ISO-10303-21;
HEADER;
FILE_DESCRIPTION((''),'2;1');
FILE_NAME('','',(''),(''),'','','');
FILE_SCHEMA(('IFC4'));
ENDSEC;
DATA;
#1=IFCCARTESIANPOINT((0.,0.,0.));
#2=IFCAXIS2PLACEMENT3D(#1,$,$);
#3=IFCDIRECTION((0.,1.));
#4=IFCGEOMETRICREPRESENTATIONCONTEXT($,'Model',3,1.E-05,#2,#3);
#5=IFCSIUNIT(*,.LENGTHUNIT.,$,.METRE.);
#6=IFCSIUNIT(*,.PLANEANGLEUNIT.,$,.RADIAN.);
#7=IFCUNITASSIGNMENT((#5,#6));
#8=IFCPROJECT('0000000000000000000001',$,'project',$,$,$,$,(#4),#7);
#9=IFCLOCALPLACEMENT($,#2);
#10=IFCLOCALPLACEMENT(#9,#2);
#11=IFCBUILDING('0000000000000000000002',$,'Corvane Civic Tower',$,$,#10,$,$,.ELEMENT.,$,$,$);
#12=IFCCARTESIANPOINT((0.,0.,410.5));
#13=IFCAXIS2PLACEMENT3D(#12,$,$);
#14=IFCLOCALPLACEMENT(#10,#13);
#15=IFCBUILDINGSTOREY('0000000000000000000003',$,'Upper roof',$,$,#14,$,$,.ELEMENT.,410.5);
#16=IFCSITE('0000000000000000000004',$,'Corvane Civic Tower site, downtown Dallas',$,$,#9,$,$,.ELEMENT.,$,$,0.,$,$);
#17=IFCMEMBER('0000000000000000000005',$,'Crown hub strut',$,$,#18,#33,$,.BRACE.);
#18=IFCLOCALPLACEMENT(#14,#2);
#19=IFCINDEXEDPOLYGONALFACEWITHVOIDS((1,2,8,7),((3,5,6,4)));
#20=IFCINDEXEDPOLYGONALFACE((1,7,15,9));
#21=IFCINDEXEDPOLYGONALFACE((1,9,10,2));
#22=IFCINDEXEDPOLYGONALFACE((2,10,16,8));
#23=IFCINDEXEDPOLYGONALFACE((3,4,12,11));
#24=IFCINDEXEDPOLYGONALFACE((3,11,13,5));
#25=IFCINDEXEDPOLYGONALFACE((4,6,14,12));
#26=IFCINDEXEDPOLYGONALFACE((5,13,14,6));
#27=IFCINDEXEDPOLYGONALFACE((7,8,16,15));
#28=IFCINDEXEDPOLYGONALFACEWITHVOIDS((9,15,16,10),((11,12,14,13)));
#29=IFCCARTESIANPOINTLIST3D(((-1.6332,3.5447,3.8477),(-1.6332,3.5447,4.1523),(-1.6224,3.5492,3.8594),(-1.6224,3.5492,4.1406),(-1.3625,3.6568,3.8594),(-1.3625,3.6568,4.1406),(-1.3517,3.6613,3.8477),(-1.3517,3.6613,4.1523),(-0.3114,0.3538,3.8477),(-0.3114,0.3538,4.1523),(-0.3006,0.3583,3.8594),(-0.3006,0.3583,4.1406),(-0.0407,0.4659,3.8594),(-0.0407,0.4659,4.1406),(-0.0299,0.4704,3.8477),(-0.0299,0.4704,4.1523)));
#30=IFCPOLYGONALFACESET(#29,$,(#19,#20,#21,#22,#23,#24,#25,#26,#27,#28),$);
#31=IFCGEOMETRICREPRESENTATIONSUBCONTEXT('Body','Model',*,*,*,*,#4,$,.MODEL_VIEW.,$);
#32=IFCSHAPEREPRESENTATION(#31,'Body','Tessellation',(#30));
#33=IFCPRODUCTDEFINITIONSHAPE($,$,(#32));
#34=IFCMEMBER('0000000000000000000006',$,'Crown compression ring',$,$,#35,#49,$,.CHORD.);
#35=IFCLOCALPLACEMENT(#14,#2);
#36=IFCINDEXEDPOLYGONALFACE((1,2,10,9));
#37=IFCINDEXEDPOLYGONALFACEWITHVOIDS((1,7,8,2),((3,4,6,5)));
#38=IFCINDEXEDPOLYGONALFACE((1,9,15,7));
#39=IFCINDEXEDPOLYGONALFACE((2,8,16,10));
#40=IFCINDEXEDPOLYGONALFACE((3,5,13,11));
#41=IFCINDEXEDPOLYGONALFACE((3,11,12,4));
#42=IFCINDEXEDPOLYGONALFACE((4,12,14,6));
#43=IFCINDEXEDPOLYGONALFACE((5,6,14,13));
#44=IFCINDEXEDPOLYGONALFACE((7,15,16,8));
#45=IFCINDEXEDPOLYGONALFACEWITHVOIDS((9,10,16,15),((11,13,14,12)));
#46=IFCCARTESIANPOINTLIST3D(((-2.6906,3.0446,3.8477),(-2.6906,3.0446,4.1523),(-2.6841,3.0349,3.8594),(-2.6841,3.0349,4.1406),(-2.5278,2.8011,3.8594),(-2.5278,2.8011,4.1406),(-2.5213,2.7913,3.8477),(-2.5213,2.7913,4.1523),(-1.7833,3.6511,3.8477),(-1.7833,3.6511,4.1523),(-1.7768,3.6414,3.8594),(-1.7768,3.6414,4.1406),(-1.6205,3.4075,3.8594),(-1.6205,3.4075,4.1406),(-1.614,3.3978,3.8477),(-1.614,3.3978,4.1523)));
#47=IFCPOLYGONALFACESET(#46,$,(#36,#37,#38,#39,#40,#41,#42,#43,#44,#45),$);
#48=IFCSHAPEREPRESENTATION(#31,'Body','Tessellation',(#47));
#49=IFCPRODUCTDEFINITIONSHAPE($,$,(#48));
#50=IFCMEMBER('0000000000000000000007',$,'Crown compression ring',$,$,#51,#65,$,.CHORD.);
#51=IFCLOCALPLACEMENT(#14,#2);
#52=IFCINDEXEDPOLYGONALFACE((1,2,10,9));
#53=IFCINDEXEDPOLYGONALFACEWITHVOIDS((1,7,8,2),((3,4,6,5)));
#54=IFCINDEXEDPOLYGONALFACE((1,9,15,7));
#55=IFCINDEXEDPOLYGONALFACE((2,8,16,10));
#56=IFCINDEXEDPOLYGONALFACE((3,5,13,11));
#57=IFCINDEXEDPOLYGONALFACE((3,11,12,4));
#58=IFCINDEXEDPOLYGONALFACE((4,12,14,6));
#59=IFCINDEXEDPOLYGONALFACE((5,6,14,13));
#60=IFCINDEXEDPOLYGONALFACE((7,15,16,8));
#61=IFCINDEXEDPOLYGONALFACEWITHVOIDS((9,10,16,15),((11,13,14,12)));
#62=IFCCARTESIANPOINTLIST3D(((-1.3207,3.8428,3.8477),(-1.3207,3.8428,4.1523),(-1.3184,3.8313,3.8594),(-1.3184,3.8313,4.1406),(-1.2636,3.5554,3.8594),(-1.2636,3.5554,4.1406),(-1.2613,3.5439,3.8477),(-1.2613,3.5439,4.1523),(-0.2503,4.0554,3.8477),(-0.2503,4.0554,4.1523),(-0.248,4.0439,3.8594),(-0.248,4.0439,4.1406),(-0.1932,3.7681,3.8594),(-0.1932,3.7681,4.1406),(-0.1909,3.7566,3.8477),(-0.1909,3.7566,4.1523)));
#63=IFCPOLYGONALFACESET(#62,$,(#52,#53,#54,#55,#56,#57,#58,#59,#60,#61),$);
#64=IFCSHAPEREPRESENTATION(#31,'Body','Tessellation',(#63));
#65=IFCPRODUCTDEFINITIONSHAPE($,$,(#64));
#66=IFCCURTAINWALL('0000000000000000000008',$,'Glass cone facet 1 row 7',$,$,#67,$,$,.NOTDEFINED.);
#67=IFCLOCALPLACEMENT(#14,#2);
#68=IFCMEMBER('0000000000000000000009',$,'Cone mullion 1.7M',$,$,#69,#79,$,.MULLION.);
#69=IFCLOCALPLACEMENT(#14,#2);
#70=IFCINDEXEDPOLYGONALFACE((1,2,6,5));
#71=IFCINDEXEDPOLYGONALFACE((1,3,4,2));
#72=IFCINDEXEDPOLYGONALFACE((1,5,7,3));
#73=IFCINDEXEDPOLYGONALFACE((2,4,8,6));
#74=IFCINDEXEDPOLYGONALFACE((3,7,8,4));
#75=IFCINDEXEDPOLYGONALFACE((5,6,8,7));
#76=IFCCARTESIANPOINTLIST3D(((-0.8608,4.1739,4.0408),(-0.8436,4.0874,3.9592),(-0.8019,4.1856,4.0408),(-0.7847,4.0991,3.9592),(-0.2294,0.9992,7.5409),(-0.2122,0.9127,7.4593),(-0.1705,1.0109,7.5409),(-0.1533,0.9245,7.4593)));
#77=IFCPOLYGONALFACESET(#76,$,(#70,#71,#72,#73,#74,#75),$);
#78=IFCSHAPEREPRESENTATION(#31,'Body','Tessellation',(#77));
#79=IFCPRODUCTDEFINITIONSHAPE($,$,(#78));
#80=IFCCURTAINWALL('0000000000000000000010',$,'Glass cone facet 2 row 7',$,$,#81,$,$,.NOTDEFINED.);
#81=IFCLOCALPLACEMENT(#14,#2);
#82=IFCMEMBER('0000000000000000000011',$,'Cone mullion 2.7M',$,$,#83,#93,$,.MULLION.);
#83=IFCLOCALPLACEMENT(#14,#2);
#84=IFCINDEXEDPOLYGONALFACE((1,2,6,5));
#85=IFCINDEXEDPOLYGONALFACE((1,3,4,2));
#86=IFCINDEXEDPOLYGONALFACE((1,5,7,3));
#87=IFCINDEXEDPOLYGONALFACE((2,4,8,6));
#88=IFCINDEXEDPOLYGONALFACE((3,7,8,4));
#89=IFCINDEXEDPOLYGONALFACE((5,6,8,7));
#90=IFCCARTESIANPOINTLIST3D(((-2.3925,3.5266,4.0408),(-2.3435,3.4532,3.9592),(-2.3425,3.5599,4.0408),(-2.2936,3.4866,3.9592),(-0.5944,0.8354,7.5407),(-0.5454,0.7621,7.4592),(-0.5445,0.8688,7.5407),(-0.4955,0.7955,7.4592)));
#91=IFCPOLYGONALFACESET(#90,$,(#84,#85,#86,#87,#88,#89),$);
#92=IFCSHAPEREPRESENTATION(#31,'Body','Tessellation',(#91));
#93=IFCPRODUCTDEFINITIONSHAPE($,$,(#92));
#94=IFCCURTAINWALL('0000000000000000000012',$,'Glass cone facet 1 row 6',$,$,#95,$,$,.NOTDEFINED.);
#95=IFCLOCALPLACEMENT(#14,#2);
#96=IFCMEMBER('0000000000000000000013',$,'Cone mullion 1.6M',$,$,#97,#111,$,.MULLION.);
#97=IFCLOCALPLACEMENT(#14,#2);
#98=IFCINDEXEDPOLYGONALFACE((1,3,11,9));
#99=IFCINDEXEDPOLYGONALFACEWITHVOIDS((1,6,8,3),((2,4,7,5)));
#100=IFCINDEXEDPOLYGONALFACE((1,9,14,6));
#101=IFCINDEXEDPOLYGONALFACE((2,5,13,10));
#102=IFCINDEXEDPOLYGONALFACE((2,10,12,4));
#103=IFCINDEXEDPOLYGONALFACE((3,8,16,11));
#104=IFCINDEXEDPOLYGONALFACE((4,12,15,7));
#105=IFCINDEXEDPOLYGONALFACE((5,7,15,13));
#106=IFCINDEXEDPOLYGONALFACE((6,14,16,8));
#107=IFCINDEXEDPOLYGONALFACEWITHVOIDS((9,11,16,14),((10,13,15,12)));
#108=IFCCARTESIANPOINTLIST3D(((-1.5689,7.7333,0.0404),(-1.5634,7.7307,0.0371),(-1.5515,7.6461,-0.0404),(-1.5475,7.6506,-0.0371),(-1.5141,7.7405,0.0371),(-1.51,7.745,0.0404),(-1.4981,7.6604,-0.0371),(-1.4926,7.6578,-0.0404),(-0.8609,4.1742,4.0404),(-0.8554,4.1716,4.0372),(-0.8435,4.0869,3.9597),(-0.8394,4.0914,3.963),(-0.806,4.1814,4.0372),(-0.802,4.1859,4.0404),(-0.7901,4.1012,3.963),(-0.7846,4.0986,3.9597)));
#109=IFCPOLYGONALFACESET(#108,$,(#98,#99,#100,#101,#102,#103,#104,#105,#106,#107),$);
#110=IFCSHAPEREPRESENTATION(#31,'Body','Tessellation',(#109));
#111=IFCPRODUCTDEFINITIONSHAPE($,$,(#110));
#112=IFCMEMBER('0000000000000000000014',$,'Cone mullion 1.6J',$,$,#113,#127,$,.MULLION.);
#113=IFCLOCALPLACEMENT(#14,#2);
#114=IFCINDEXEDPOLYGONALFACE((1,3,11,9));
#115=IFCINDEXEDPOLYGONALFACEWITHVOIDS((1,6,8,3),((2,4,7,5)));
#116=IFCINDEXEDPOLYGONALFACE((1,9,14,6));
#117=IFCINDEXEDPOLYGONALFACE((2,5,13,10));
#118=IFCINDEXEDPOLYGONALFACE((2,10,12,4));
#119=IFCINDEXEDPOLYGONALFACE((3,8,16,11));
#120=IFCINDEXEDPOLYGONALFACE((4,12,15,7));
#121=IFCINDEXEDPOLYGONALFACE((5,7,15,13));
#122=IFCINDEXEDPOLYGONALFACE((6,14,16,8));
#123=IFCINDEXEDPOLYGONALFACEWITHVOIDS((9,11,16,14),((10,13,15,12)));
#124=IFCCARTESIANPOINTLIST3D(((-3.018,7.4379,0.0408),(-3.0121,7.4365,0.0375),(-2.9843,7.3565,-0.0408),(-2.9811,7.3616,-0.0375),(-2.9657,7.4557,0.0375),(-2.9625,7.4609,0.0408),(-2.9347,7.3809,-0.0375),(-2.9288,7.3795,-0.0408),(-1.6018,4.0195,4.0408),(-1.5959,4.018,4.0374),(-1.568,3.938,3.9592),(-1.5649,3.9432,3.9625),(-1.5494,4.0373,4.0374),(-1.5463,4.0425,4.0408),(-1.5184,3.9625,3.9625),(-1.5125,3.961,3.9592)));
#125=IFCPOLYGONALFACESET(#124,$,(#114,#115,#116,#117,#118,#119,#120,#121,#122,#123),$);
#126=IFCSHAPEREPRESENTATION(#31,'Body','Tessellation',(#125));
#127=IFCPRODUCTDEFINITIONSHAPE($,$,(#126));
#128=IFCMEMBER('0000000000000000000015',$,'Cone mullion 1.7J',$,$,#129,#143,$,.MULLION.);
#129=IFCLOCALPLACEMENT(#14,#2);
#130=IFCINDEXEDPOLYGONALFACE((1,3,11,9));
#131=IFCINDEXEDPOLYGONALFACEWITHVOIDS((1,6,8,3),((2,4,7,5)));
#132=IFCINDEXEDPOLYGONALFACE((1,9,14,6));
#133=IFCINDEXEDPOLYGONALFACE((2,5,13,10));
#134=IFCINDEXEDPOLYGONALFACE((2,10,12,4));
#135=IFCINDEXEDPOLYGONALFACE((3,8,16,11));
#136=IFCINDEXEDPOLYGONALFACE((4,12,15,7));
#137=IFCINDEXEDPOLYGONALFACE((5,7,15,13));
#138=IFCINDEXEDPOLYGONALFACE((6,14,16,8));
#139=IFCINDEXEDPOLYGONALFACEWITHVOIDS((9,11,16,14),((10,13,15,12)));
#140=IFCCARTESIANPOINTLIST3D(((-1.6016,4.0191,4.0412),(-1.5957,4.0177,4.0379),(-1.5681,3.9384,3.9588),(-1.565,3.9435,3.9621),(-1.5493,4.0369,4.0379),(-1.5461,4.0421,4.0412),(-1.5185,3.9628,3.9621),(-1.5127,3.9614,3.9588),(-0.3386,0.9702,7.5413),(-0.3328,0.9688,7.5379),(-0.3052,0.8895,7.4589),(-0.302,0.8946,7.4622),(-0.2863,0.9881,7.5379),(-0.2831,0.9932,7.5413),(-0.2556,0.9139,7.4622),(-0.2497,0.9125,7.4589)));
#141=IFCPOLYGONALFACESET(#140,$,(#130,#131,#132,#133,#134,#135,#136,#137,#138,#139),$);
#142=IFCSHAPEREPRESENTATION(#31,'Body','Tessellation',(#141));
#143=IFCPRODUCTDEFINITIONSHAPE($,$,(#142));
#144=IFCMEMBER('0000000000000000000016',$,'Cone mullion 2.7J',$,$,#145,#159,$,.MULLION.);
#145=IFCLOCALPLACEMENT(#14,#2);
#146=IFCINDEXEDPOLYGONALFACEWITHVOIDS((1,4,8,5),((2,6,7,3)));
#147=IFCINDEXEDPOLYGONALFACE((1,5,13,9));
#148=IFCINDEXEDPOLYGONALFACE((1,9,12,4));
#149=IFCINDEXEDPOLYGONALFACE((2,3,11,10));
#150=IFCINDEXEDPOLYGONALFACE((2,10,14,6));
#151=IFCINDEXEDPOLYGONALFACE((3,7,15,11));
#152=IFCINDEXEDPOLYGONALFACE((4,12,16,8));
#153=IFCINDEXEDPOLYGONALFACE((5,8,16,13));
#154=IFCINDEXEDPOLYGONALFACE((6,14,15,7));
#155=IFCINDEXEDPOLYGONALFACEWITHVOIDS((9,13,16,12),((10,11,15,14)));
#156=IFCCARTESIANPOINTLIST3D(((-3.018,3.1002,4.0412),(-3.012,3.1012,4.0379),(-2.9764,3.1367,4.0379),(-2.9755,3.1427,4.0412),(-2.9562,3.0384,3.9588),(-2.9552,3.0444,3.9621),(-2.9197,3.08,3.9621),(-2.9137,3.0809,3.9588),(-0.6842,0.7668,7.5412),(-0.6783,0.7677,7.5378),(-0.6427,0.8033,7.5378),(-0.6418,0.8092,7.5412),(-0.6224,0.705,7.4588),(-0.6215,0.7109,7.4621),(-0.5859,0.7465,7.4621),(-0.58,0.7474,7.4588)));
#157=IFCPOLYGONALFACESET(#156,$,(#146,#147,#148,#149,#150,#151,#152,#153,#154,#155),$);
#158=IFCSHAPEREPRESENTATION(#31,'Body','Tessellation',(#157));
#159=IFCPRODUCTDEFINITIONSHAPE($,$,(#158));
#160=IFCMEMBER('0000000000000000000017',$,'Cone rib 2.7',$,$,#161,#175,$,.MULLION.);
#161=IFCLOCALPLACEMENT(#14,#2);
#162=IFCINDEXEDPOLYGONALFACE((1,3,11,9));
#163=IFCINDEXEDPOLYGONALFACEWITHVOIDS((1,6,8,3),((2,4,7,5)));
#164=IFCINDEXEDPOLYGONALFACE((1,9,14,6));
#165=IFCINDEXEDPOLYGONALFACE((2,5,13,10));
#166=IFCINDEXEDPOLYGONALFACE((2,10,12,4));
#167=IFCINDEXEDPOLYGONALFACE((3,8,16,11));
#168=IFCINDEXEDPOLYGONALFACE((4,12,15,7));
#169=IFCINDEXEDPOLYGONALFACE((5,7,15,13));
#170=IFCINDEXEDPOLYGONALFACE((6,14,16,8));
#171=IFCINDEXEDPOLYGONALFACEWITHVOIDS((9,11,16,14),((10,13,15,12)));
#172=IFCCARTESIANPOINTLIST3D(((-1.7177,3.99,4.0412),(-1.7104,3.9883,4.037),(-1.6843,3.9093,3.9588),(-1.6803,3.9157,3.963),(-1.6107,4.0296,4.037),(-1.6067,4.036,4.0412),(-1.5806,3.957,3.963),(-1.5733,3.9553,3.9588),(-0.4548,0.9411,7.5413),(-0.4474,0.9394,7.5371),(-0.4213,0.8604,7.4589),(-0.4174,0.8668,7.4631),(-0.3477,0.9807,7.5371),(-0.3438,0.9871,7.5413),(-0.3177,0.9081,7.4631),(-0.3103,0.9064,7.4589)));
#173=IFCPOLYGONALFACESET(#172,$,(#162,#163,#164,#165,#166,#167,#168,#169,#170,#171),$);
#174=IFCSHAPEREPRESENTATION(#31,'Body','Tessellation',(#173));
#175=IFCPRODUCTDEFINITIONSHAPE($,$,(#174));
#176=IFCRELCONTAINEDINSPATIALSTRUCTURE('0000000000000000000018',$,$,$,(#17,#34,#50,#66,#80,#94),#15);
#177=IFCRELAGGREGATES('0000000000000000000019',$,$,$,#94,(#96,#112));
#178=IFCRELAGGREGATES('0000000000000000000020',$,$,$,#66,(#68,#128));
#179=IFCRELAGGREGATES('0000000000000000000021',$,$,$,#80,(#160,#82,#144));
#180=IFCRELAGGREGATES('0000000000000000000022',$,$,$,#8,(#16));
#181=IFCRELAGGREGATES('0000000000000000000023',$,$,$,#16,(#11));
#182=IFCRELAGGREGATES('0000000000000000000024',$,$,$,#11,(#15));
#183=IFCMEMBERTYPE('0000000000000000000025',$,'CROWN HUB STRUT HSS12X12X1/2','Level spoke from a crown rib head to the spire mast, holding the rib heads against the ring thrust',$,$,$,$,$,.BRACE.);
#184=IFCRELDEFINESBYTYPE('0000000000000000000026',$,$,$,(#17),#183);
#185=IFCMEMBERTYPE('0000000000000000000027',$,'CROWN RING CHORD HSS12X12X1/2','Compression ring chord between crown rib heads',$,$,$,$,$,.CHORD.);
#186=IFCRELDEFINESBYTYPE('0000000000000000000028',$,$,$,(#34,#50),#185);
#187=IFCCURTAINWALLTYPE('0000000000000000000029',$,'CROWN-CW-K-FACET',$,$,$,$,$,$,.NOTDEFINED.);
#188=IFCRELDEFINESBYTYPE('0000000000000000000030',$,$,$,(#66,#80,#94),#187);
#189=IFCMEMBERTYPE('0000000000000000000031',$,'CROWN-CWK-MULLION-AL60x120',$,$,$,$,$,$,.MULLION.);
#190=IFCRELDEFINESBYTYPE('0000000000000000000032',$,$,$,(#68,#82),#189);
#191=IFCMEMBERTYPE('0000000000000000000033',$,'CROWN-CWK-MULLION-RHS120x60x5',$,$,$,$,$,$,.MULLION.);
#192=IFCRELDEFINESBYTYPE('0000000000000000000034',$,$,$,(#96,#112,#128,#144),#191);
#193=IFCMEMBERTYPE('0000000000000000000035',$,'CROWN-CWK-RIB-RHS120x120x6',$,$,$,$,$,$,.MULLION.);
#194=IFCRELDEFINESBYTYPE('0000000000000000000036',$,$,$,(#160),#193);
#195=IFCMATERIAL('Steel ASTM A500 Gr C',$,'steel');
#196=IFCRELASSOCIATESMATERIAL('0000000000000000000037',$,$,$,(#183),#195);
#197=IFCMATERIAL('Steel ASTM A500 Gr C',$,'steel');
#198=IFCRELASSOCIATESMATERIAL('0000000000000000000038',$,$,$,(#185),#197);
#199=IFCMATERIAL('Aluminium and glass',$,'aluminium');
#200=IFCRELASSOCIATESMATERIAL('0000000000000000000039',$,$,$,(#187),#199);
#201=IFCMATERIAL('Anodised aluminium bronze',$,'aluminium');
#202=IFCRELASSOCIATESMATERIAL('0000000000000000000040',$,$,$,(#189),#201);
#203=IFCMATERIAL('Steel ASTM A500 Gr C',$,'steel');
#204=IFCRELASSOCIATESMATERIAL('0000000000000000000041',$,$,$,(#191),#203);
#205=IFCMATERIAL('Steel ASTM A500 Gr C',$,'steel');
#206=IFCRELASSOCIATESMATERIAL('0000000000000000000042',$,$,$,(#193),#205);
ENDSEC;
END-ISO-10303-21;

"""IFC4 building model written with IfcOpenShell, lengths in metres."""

from ifc_helpers import new_model, si_unit, direction, frame, origin, origin_2d, place, context, subcontext, project, spatial, rectangle, hollow_rectangle, extrude, material, material_profile, profile_set, type_object, element, aggregate, save


model = new_model("IFC4")

# Units and contexts
model_context = context("Model", 3, precision=1e-05, world=origin(), true_north=direction((0.0, 1.0)))
body_context = subcontext(model_context, "Body", "Model", "MODEL_VIEW")
ifc_project = project(units=[si_unit("LENGTHUNIT", "METRE"), si_unit("PLANEANGLEUNIT", "RADIAN")], contexts=[model_context])

# Site, building, storey
site_placement = place(None, origin())
site = spatial("IfcSite", under=ifc_project, at=site_placement, Name="Corvane Civic Tower site, downtown Dallas", CompositionType="ELEMENT", RefElevation=0.0)
building_placement = place(site_placement, origin())
building = spatial("IfcBuilding", under=site, at=building_placement, Name="Corvane Civic Tower", CompositionType="ELEMENT")
storey_placement = place(building_placement, frame((0.0, 0.0, 410.5)))
storey = spatial("IfcBuildingStorey", under=building, at=storey_placement, Name="Upper roof", CompositionType="ELEMENT", Elevation=410.5)

# Members
ifc_material_1 = material(Name="Steel ASTM A500 Gr C", Category="steel")
ifc_material_profile_1 = material_profile(ifc_material_1, hollow_rectangle(XDim=0.3047, YDim=0.3047, WallThickness=0.0117, at=origin_2d()), Name="HSS12X12X1/2")
ifc_profile_set_1 = profile_set([ifc_material_profile_1], Name="Steel ASTM A500 Gr C")
member_type_1 = type_object("IfcMemberType", Name="CROWN HUB STRUT HSS12X12X1/2", Description="Level spoke from a crown rib head to the spire mast, holding the rib heads against the ring thrust", PredefinedType="BRACE", material=ifc_profile_set_1)
member_1_placement = place(storey_placement, frame((-1.4924, 3.603, 4.0), z_axis=(0.382697, -0.923874, 0.0), x_axis=(0.923874, 0.382697, 0.0)))
element("IfcMember", 1, at=member_1_placement, inside=storey, type_object=member_type_1, Name="Crown hub strut", PredefinedType="BRACE", context=body_context, shape_type="SweptSolid", body=[
    extrude(hollow_rectangle(XDim=0.3047, YDim=0.3047, WallThickness=0.0117, at=origin_2d()), origin(), (0.0, 0.0, 1.0), 3.4539),
])
ifc_material_2 = material(Name="Steel ASTM A500 Gr C", Category="steel")
ifc_material_profile_2 = material_profile(ifc_material_2, hollow_rectangle(XDim=0.3047, YDim=0.3047, WallThickness=0.0117, at=origin_2d()), Name="HSS12X12X1/2")
ifc_profile_set_2 = profile_set([ifc_material_profile_2], Name="Steel ASTM A500 Gr C")
member_type_2 = type_object("IfcMemberType", Name="CROWN RING CHORD HSS12X12X1/2", Description="Compression ring chord between crown rib heads", PredefinedType="CHORD", material=ifc_profile_set_2)
for number, where, z_axis, x_axis, name in (
    (2, (-2.606, 2.918, 4.0), (0.831361, 0.555732, 0.0), (-0.555732, 0.831361, 0.0), "Crown compression ring"),
    (3, (-1.291, 3.6934, 4.0), (0.980829, 0.194868, 0.0), (-0.194868, 0.980829, 0.0), "Crown compression ring"),
):
    element("IfcMember", number, at=place(storey_placement, frame(where, z_axis=z_axis, x_axis=x_axis)), inside=storey, type_object=member_type_2, Name=name, PredefinedType="CHORD", context=body_context, shape_type="SweptSolid", body=[
        extrude(hollow_rectangle(XDim=0.3047, YDim=0.3047, WallThickness=0.0117, at=origin_2d()), origin(), (0.0, 0.0, 1.0), 1.0913),
    ])

# Curtain walls, members
ifc_material_3 = material(Name="Aluminium and glass", Category="aluminium")
curtain_wall_type = type_object("IfcCurtainWallType", Name="CROWN-CW-K-FACET", PredefinedType="NOTDEFINED", material=ifc_material_3)
curtain_wall_1_placement = place(storey_placement, origin())
curtain_wall_1 = element("IfcCurtainWall", 4, at=curtain_wall_1_placement, inside=storey, type_object=curtain_wall_type, Name="Glass cone facet 1 row 7", PredefinedType="NOTDEFINED")
ifc_material_4 = material(Name="Anodised aluminium bronze", Category="aluminium")
ifc_material_profile_3 = material_profile(ifc_material_4, rectangle(XDim=0.0601, YDim=0.1201, at=origin_2d()), Name="AL 60x120")
ifc_profile_set_3 = profile_set([ifc_material_profile_3], Name="Anodised aluminium bronze")
member_type_3 = type_object("IfcMemberType", Name="CROWN-CWK-MULLION-AL60x120", PredefinedType="MULLION", material=ifc_profile_set_3)
member_2_placement = place(storey_placement, frame((-0.8228, 4.1365, 4.0), z_axis=(0.132435, -0.665914, 0.73418), x_axis=(0.980792, 0.195057, 0.0)))
member_2 = element("IfcMember", 5, at=member_2_placement, type_object=member_type_3, Name="Cone mullion 1.7M", PredefinedType="MULLION", context=body_context, shape_type="SweptSolid", body=[
    extrude(rectangle(XDim=0.0601, YDim=0.1201, at=origin_2d()), origin(), (0.0, 0.0, 1.0), 4.7673),
])
curtain_wall_2_placement = place(storey_placement, origin())
curtain_wall_2 = element("IfcCurtainWall", 6, at=curtain_wall_2_placement, inside=storey, type_object=curtain_wall_type, Name="Glass cone facet 2 row 7", PredefinedType="NOTDEFINED")
member_3_placement = place(storey_placement, frame((-2.343, 3.5066, 4.0), z_axis=(0.377186, -0.564525, 0.734195), x_axis=(0.831481, 0.555553, 0.0)))
member_3 = element("IfcMember", 7, at=member_3_placement, type_object=member_type_3, Name="Cone mullion 2.7M", PredefinedType="MULLION", context=body_context, shape_type="SweptSolid", body=[
    extrude(rectangle(XDim=0.0601, YDim=0.1201, at=origin_2d()), origin(), (0.0, 0.0, 1.0), 4.7671),
])

# Curtain wall, members
curtain_wall_3_placement = place(storey_placement, origin())
curtain_wall_3 = element("IfcCurtainWall", 8, at=curtain_wall_3_placement, inside=storey, type_object=curtain_wall_type, Name="Glass cone facet 1 row 6", PredefinedType="NOTDEFINED")
ifc_material_5 = material(Name="Steel ASTM A500 Gr C", Category="steel")
ifc_material_profile_4 = material_profile(ifc_material_5, hollow_rectangle(XDim=0.0601, YDim=0.1201, WallThickness=0.0049, at=origin_2d()), Name="RHS 120x60x5")
ifc_profile_set_4 = profile_set([ifc_material_profile_4], Name="Steel ASTM A500 Gr C")
member_type_4 = type_object("IfcMemberType", Name="CROWN-CWK-MULLION-RHS120x60x5", PredefinedType="MULLION", material=ifc_profile_set_4)
member_4_placement = place(storey_placement, frame((-1.5308, 7.6956, 0.0), z_axis=(0.131094, -0.658995, 0.740635), x_axis=(0.980782, 0.195107, 0.0)))
member_4 = element("IfcMember", 9, at=member_4_placement, type_object=member_type_4, Name="Cone mullion 1.6M", PredefinedType="MULLION", context=body_context, shape_type="SweptSolid", body=[
    extrude(hollow_rectangle(XDim=0.0601, YDim=0.1201, WallThickness=0.0049, at=origin_2d()), origin(), (0.0, 0.0, 1.0), 5.4009),
])
member_5_placement = place(storey_placement, frame((-2.9734, 7.4087, 0.0), z_axis=(0.259912, -0.627355, 0.734079), x_axis=(0.923852, 0.38275, 0.0)))
member_5 = element("IfcMember", 10, at=member_5_placement, type_object=member_type_4, Name="Cone mullion 1.6J", PredefinedType="MULLION", context=body_context, shape_type="SweptSolid", body=[
    extrude(hollow_rectangle(XDim=0.0601, YDim=0.1201, WallThickness=0.0049, at=origin_2d()), origin(), (0.0, 0.0, 1.0), 5.449),
])

# Members
member_6_placement = place(storey_placement, frame((-1.5571, 3.9902, 4.0), z_axis=(0.262541, -0.633794, 0.727584), x_axis=(0.923872, 0.382702, 0.0)))
member_6 = element("IfcMember", 11, at=member_6_placement, type_object=member_type_4, Name="Cone mullion 1.7J", PredefinedType="MULLION", context=body_context, shape_type="SweptSolid", body=[
    extrude(hollow_rectangle(XDim=0.0601, YDim=0.1201, WallThickness=0.0049, at=origin_2d()), origin(), (0.0, 0.0, 1.0), 4.8105),
])
member_7_placement = place(storey_placement, frame((-2.9658, 3.0906, 4.0), z_axis=(0.485128, -0.485077, 0.727565), x_axis=(0.70707, 0.707144, 0.0)))
member_7 = element("IfcMember", 12, at=member_7_placement, type_object=member_type_4, Name="Cone mullion 2.7J", PredefinedType="MULLION", context=body_context, shape_type="SweptSolid", body=[
    extrude(hollow_rectangle(XDim=0.0601, YDim=0.1201, WallThickness=0.0049, at=origin_2d()), origin(), (0.0, 0.0, 1.0), 4.8105),
])
ifc_material_6 = material(Name="Steel ASTM A500 Gr C", Category="steel")
ifc_material_profile_5 = material_profile(ifc_material_6, hollow_rectangle(XDim=0.1201, YDim=0.1201, WallThickness=0.0061, at=origin_2d()), Name="RHS 120x120x6")
ifc_profile_set_5 = profile_set([ifc_material_profile_5], Name="Steel ASTM A500 Gr C")
member_type_5 = type_object("IfcMemberType", Name="CROWN-CWK-RIB-RHS120x120x6", PredefinedType="MULLION", material=ifc_profile_set_5)
member_8_placement = place(storey_placement, frame((-1.6455, 3.9727, 4.0), z_axis=(0.262541, -0.633794, 0.727584), x_axis=(0.923872, 0.382702, 0.0)))
member_8 = element("IfcMember", 13, at=member_8_placement, type_object=member_type_5, Name="Cone rib 2.7", PredefinedType="MULLION", context=body_context, shape_type="SweptSolid", body=[
    extrude(hollow_rectangle(XDim=0.1201, YDim=0.1201, WallThickness=0.0061, at=origin_2d()), origin(), (0.0, 0.0, 1.0), 4.8105),
])
aggregate(curtain_wall_3, [member_4, member_5])

aggregate(curtain_wall_1, [member_2, member_6])

aggregate(curtain_wall_2, [member_8, member_3, member_7])

save(model, "model.ifc")
